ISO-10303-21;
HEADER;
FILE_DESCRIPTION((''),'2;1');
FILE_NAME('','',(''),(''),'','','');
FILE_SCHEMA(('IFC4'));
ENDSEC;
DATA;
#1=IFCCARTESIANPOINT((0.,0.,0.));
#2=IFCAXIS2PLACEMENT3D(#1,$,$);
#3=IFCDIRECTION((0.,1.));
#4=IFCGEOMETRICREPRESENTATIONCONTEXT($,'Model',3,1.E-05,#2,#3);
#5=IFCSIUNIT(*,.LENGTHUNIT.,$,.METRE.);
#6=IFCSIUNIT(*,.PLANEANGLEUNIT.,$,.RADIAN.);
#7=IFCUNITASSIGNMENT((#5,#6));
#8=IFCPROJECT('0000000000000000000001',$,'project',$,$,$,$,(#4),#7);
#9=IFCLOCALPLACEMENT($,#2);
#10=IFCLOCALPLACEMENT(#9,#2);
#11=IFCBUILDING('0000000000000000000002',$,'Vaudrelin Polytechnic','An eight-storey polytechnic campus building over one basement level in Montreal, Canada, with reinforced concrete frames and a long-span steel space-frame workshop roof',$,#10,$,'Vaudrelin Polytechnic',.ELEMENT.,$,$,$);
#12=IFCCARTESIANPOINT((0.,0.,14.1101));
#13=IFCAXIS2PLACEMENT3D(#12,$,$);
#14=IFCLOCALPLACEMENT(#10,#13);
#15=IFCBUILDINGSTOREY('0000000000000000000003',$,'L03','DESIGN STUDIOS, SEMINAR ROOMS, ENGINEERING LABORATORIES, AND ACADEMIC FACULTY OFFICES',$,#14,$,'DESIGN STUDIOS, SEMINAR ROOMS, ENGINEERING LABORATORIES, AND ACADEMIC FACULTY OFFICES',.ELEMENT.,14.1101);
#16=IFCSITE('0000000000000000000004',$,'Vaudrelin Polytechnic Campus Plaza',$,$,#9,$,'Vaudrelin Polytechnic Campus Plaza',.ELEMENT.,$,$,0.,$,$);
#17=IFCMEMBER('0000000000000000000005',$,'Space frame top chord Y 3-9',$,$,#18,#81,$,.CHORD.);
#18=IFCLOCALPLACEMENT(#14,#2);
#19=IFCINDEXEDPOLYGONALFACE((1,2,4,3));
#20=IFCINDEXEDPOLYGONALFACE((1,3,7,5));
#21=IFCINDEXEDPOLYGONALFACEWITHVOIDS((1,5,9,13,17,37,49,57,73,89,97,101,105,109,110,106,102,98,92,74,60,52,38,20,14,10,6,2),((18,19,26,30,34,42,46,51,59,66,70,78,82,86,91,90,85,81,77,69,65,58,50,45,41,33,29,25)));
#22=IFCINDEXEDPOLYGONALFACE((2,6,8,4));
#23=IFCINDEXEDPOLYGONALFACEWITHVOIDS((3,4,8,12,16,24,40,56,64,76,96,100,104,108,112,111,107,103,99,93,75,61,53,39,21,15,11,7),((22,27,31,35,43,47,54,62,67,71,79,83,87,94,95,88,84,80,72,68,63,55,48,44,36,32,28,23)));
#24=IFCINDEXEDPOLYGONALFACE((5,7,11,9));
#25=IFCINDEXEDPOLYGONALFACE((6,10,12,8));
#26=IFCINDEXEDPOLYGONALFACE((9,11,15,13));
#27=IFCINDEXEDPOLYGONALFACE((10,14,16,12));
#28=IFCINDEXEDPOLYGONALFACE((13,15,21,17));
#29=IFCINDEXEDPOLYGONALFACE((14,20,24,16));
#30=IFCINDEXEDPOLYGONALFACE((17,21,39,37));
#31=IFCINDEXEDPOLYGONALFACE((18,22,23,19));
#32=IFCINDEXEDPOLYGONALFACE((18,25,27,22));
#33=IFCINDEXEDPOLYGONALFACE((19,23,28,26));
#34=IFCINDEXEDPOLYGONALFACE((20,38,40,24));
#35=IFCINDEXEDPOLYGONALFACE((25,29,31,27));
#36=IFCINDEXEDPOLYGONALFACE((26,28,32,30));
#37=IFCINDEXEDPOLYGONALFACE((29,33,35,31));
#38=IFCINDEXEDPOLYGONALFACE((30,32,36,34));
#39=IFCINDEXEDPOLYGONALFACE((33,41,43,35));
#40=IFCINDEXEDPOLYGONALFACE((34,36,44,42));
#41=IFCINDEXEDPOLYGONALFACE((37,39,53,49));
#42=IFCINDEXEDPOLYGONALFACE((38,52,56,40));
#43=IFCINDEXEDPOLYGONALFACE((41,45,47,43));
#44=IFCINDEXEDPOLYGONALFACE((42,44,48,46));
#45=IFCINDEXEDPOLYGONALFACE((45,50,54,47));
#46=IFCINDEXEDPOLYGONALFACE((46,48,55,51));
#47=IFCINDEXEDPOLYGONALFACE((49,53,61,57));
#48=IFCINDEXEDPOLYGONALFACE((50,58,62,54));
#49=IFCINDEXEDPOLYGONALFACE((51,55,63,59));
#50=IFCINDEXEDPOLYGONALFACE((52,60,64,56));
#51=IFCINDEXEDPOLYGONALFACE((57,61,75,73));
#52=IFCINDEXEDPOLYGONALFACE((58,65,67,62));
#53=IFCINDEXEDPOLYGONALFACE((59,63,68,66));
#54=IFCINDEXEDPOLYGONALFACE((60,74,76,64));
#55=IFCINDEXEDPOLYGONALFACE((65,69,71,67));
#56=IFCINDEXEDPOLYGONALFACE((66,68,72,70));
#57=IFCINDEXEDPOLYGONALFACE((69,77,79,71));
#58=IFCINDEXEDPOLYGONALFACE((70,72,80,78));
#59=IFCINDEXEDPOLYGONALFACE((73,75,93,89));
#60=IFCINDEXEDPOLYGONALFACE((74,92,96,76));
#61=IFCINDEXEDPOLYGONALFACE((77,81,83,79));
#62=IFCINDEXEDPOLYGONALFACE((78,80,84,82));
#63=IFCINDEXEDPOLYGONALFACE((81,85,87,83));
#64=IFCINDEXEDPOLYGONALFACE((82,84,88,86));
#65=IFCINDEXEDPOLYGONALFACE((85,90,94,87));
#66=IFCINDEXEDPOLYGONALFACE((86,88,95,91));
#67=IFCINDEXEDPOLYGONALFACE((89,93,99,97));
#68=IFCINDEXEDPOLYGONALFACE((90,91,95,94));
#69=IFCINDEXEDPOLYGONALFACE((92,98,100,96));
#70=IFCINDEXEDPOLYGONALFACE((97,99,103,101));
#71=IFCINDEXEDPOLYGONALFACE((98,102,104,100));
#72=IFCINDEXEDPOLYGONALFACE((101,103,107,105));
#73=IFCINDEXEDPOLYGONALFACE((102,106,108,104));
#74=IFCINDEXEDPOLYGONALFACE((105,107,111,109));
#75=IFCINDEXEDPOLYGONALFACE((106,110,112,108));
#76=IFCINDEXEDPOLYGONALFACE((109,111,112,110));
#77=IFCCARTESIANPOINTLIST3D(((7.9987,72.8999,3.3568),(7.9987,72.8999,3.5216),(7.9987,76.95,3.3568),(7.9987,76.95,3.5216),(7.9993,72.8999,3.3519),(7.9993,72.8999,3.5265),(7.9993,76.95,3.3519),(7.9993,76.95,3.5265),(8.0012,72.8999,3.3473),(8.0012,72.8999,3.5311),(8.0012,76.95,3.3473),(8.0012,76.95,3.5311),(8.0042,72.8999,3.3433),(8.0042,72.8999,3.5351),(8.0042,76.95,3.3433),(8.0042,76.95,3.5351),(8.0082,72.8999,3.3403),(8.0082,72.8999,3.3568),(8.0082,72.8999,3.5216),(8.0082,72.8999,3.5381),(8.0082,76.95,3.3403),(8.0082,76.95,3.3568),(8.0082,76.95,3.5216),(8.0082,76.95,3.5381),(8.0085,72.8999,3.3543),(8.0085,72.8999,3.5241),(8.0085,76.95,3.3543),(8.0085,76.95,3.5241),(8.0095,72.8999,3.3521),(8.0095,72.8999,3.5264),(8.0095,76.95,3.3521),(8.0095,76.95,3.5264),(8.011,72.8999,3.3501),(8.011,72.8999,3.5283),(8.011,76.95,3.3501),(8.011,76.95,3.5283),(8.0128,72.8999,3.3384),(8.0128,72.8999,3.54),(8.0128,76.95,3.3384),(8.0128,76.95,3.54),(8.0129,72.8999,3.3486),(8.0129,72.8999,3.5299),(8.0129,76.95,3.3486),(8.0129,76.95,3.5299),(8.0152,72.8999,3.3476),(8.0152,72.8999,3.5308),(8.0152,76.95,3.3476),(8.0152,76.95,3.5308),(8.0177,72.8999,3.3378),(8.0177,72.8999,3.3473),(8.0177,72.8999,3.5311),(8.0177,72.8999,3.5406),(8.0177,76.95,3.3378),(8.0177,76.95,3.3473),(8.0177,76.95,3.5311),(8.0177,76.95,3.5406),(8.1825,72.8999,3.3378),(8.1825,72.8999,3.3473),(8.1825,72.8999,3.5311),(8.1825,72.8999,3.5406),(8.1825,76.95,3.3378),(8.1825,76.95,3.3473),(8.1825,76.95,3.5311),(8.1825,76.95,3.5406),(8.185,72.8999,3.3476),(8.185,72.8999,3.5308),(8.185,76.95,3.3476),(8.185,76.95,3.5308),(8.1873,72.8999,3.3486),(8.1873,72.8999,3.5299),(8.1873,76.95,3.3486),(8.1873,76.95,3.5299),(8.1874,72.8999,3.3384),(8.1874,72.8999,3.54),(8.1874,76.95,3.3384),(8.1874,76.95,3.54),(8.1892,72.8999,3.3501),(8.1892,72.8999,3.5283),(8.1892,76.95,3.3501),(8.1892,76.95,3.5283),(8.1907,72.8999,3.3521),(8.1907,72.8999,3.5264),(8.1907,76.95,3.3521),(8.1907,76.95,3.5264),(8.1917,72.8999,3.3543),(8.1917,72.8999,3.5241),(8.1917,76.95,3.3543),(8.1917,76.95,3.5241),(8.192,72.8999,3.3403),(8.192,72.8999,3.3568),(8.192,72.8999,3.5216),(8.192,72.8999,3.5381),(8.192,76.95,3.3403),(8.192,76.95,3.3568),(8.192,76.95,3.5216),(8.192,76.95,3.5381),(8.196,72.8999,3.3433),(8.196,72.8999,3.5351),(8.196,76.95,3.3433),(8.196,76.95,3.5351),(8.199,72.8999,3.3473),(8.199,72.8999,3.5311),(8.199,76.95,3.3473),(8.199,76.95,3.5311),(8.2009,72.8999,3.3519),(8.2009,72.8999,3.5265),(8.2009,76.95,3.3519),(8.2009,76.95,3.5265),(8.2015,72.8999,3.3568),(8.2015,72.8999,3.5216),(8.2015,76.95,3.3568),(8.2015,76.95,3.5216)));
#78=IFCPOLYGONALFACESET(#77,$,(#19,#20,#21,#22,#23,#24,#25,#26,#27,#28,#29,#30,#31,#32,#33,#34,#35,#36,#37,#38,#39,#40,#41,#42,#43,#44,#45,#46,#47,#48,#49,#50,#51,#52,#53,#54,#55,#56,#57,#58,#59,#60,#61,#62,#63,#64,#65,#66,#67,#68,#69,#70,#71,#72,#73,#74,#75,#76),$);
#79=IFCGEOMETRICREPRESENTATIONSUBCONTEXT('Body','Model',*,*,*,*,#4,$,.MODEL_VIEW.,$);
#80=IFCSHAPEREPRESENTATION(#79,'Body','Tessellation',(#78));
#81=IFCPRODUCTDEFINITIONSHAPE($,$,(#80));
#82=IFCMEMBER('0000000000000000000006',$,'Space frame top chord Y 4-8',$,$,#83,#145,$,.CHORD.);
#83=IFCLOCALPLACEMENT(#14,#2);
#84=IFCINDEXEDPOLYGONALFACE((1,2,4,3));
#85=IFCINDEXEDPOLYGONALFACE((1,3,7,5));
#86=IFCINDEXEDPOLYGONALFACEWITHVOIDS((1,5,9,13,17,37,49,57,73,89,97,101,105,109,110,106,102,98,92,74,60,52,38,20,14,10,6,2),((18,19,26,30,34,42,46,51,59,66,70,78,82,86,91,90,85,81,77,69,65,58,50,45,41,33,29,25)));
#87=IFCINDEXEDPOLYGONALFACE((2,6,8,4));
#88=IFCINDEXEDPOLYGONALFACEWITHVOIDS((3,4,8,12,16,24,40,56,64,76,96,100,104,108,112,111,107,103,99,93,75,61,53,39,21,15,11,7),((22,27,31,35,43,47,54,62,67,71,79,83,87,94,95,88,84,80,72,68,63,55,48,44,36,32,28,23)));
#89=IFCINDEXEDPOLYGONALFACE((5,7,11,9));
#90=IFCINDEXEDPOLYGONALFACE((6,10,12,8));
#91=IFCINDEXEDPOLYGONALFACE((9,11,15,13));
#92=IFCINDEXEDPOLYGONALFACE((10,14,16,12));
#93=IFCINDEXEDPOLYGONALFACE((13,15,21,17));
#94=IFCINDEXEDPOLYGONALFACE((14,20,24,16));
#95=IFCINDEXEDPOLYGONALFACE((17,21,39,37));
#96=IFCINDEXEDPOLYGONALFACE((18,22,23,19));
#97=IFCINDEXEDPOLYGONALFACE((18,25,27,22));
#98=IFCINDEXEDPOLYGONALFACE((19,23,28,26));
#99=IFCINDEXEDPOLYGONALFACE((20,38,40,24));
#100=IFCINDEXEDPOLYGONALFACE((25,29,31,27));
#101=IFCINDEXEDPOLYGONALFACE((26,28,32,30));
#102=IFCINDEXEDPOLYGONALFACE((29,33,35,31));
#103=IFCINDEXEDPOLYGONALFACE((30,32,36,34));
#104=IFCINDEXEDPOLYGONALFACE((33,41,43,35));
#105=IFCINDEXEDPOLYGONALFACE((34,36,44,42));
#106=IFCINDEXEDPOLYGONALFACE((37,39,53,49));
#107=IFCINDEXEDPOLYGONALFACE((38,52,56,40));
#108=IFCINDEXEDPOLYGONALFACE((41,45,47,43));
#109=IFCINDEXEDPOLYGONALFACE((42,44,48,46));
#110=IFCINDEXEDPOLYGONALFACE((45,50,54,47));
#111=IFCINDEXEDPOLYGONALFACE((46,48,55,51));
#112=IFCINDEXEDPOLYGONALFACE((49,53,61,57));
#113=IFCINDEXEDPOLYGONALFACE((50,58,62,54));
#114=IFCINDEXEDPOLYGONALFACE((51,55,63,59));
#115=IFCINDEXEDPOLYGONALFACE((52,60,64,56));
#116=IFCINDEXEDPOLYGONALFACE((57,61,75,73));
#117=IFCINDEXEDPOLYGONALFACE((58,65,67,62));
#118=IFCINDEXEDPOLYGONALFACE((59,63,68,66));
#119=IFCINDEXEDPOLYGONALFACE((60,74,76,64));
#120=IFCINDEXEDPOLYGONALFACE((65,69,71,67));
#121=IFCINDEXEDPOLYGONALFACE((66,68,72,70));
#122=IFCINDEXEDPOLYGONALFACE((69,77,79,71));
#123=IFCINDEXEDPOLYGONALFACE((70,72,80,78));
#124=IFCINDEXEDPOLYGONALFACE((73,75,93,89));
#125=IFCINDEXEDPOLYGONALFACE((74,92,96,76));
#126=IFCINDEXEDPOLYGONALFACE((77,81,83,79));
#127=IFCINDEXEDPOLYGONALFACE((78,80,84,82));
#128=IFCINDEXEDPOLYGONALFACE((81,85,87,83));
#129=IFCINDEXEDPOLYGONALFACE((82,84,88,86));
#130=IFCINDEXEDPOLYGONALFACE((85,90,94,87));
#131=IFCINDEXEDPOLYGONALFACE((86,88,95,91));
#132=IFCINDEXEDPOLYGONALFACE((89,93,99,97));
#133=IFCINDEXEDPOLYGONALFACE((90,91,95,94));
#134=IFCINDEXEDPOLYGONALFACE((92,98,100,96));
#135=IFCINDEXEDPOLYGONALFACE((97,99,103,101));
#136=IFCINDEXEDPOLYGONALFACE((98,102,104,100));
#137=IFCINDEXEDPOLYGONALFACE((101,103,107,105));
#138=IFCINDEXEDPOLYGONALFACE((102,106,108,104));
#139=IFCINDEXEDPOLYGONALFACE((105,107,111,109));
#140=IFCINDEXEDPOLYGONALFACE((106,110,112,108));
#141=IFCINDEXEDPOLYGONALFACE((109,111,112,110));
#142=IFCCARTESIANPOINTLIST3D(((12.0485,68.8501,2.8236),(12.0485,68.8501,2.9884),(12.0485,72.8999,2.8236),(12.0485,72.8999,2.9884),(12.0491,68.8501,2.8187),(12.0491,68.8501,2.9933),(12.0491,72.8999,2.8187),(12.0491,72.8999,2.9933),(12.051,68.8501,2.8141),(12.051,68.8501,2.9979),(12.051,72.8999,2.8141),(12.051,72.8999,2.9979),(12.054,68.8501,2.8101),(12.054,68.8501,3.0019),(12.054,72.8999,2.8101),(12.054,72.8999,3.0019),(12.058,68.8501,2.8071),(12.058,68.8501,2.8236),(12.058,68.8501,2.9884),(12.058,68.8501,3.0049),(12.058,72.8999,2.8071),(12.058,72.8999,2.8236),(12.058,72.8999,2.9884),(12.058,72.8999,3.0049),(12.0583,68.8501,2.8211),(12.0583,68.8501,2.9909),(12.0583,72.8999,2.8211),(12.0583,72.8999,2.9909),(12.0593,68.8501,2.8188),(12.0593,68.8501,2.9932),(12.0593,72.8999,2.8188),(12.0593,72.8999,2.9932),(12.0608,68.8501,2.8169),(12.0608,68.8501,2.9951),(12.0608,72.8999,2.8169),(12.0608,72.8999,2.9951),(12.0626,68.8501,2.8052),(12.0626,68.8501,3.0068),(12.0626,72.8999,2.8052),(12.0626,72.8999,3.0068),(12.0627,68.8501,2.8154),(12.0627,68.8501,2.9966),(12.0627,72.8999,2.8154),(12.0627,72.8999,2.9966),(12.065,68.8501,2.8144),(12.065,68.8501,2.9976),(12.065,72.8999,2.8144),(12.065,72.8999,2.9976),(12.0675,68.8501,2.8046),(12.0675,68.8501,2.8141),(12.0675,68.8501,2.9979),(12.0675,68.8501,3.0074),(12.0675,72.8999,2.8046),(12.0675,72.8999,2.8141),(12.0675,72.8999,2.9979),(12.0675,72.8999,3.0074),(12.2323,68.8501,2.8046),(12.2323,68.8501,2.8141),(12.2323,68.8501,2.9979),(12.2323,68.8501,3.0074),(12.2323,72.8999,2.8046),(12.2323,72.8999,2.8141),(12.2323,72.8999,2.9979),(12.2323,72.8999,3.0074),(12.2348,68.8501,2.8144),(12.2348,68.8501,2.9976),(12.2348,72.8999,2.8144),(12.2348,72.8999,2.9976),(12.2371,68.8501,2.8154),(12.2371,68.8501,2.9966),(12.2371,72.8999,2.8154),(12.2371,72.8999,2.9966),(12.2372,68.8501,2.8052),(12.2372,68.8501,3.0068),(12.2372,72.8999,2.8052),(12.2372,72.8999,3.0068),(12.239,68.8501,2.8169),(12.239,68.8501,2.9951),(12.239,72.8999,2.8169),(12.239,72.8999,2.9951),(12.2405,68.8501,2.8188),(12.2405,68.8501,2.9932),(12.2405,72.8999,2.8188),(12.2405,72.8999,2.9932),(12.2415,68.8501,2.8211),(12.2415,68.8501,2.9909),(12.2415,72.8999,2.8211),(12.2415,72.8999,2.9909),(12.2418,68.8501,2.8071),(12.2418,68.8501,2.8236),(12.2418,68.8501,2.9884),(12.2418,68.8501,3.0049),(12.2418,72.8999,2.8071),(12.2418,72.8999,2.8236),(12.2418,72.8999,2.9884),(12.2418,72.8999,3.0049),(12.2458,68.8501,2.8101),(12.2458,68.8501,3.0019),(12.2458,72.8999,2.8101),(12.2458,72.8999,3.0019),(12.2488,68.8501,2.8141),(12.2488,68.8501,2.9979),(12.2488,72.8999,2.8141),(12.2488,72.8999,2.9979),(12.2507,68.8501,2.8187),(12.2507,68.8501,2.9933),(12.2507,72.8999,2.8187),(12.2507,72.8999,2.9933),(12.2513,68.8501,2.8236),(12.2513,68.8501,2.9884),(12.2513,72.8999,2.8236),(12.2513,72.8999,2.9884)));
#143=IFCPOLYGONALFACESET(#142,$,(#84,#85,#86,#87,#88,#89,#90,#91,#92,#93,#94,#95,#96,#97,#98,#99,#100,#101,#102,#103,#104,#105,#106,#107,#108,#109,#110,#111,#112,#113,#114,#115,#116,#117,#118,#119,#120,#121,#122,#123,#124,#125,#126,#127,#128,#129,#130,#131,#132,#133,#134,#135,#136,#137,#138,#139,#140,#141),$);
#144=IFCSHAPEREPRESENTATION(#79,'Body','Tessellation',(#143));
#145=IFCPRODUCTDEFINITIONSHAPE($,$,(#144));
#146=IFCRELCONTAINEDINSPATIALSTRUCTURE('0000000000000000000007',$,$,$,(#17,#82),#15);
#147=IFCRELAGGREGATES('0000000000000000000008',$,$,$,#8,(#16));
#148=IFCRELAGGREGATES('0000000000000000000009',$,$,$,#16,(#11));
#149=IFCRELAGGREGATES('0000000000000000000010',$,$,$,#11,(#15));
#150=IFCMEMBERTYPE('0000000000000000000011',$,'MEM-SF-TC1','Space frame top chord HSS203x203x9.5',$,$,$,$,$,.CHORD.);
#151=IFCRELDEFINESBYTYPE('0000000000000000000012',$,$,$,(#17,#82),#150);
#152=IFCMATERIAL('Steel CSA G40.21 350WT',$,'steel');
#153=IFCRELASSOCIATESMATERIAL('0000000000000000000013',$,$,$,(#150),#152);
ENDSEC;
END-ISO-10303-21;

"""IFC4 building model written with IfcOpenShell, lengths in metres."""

from ifc_helpers import new_model, si_unit, direction, frame, origin, origin_2d, place, context, subcontext, project, spatial, hollow_rectangle, extrude, material, material_profile, profile_set, type_object, element, save


model = new_model("IFC4")

# Units and contexts
model_context = context("Model", 3, precision=1e-05, world=origin(), true_north=direction((0.0, 1.0)))
body_context = subcontext(model_context, "Body", "Model", "MODEL_VIEW")
ifc_project = project(units=[si_unit("LENGTHUNIT", "METRE"), si_unit("PLANEANGLEUNIT", "RADIAN")], contexts=[model_context])

# Site, building, storey
site_placement = place(None, origin())
site = spatial("IfcSite", under=ifc_project, at=site_placement, Name="Vaudrelin Polytechnic Campus Plaza", LongName="Vaudrelin Polytechnic Campus Plaza", CompositionType="ELEMENT", RefElevation=0.0)
building_placement = place(site_placement, origin())
building = spatial("IfcBuilding", under=site, at=building_placement, Name="Vaudrelin Polytechnic", Description="An eight-storey polytechnic campus building over one basement level in Montreal, Canada, with reinforced concrete frames and a long-span steel space-frame workshop roof", LongName="Vaudrelin Polytechnic", CompositionType="ELEMENT")
storey_placement = place(building_placement, frame((0.0, 0.0, 14.1101)))
storey = spatial("IfcBuildingStorey", under=building, at=storey_placement, Name="L03", Description="DESIGN STUDIOS, SEMINAR ROOMS, ENGINEERING LABORATORIES, AND ACADEMIC FACULTY OFFICES", LongName="DESIGN STUDIOS, SEMINAR ROOMS, ENGINEERING LABORATORIES, AND ACADEMIC FACULTY OFFICES", CompositionType="ELEMENT", Elevation=14.1101)

# Members
ifc_material = material(Name="Steel CSA G40.21 350WT", Category="steel")
ifc_material_profile_1 = material_profile(ifc_material, hollow_rectangle(XDim=0.2029, YDim=0.2029, WallThickness=0.0095, InnerFilletRadius=0.0095, OuterFilletRadius=0.019, at=origin_2d()), Name="HSS203x203x9.5")
ifc_profile_set_1 = profile_set([ifc_material_profile_1], Name="Steel CSA G40.21 350WT")
member_type_1 = type_object("IfcMemberType", Name="MEM-SF-TC1", Description="Space frame top chord HSS203x203x9.5", PredefinedType="CHORD", material=ifc_profile_set_1)
member_1_placement = place(storey_placement, frame((8.1001, 72.8999, 3.4392), z_axis=(0.0, 1.0, 0.0), x_axis=(-1.0, 0.0, 0.0)))
element("IfcMember", 1, at=member_1_placement, inside=storey, type_object=member_type_1, Name="Space frame top chord Y 3-9", PredefinedType="CHORD", context=body_context, shape_type="SweptSolid", body=[
    extrude(hollow_rectangle(XDim=0.2029, YDim=0.2029, WallThickness=0.0095, InnerFilletRadius=0.0095, OuterFilletRadius=0.019, at=origin_2d()), origin(), (0.0, 0.0, 1.0), 4.05),
])
member_2_placement = place(storey_placement, frame((12.1499, 68.8501, 2.906), z_axis=(0.0, 1.0, 0.0), x_axis=(-1.0, 0.0, 0.0)))
element("IfcMember", 2, at=member_2_placement, inside=storey, type_object=member_type_1, Name="Space frame top chord Y 4-8", PredefinedType="CHORD", context=body_context, shape_type="SweptSolid", body=[
    extrude(hollow_rectangle(XDim=0.2029, YDim=0.2029, WallThickness=0.0095, InnerFilletRadius=0.0095, OuterFilletRadius=0.019, at=origin_2d()), origin(), (0.0, 0.0, 1.0), 4.0498),
])

save(model, "model.ifc")
